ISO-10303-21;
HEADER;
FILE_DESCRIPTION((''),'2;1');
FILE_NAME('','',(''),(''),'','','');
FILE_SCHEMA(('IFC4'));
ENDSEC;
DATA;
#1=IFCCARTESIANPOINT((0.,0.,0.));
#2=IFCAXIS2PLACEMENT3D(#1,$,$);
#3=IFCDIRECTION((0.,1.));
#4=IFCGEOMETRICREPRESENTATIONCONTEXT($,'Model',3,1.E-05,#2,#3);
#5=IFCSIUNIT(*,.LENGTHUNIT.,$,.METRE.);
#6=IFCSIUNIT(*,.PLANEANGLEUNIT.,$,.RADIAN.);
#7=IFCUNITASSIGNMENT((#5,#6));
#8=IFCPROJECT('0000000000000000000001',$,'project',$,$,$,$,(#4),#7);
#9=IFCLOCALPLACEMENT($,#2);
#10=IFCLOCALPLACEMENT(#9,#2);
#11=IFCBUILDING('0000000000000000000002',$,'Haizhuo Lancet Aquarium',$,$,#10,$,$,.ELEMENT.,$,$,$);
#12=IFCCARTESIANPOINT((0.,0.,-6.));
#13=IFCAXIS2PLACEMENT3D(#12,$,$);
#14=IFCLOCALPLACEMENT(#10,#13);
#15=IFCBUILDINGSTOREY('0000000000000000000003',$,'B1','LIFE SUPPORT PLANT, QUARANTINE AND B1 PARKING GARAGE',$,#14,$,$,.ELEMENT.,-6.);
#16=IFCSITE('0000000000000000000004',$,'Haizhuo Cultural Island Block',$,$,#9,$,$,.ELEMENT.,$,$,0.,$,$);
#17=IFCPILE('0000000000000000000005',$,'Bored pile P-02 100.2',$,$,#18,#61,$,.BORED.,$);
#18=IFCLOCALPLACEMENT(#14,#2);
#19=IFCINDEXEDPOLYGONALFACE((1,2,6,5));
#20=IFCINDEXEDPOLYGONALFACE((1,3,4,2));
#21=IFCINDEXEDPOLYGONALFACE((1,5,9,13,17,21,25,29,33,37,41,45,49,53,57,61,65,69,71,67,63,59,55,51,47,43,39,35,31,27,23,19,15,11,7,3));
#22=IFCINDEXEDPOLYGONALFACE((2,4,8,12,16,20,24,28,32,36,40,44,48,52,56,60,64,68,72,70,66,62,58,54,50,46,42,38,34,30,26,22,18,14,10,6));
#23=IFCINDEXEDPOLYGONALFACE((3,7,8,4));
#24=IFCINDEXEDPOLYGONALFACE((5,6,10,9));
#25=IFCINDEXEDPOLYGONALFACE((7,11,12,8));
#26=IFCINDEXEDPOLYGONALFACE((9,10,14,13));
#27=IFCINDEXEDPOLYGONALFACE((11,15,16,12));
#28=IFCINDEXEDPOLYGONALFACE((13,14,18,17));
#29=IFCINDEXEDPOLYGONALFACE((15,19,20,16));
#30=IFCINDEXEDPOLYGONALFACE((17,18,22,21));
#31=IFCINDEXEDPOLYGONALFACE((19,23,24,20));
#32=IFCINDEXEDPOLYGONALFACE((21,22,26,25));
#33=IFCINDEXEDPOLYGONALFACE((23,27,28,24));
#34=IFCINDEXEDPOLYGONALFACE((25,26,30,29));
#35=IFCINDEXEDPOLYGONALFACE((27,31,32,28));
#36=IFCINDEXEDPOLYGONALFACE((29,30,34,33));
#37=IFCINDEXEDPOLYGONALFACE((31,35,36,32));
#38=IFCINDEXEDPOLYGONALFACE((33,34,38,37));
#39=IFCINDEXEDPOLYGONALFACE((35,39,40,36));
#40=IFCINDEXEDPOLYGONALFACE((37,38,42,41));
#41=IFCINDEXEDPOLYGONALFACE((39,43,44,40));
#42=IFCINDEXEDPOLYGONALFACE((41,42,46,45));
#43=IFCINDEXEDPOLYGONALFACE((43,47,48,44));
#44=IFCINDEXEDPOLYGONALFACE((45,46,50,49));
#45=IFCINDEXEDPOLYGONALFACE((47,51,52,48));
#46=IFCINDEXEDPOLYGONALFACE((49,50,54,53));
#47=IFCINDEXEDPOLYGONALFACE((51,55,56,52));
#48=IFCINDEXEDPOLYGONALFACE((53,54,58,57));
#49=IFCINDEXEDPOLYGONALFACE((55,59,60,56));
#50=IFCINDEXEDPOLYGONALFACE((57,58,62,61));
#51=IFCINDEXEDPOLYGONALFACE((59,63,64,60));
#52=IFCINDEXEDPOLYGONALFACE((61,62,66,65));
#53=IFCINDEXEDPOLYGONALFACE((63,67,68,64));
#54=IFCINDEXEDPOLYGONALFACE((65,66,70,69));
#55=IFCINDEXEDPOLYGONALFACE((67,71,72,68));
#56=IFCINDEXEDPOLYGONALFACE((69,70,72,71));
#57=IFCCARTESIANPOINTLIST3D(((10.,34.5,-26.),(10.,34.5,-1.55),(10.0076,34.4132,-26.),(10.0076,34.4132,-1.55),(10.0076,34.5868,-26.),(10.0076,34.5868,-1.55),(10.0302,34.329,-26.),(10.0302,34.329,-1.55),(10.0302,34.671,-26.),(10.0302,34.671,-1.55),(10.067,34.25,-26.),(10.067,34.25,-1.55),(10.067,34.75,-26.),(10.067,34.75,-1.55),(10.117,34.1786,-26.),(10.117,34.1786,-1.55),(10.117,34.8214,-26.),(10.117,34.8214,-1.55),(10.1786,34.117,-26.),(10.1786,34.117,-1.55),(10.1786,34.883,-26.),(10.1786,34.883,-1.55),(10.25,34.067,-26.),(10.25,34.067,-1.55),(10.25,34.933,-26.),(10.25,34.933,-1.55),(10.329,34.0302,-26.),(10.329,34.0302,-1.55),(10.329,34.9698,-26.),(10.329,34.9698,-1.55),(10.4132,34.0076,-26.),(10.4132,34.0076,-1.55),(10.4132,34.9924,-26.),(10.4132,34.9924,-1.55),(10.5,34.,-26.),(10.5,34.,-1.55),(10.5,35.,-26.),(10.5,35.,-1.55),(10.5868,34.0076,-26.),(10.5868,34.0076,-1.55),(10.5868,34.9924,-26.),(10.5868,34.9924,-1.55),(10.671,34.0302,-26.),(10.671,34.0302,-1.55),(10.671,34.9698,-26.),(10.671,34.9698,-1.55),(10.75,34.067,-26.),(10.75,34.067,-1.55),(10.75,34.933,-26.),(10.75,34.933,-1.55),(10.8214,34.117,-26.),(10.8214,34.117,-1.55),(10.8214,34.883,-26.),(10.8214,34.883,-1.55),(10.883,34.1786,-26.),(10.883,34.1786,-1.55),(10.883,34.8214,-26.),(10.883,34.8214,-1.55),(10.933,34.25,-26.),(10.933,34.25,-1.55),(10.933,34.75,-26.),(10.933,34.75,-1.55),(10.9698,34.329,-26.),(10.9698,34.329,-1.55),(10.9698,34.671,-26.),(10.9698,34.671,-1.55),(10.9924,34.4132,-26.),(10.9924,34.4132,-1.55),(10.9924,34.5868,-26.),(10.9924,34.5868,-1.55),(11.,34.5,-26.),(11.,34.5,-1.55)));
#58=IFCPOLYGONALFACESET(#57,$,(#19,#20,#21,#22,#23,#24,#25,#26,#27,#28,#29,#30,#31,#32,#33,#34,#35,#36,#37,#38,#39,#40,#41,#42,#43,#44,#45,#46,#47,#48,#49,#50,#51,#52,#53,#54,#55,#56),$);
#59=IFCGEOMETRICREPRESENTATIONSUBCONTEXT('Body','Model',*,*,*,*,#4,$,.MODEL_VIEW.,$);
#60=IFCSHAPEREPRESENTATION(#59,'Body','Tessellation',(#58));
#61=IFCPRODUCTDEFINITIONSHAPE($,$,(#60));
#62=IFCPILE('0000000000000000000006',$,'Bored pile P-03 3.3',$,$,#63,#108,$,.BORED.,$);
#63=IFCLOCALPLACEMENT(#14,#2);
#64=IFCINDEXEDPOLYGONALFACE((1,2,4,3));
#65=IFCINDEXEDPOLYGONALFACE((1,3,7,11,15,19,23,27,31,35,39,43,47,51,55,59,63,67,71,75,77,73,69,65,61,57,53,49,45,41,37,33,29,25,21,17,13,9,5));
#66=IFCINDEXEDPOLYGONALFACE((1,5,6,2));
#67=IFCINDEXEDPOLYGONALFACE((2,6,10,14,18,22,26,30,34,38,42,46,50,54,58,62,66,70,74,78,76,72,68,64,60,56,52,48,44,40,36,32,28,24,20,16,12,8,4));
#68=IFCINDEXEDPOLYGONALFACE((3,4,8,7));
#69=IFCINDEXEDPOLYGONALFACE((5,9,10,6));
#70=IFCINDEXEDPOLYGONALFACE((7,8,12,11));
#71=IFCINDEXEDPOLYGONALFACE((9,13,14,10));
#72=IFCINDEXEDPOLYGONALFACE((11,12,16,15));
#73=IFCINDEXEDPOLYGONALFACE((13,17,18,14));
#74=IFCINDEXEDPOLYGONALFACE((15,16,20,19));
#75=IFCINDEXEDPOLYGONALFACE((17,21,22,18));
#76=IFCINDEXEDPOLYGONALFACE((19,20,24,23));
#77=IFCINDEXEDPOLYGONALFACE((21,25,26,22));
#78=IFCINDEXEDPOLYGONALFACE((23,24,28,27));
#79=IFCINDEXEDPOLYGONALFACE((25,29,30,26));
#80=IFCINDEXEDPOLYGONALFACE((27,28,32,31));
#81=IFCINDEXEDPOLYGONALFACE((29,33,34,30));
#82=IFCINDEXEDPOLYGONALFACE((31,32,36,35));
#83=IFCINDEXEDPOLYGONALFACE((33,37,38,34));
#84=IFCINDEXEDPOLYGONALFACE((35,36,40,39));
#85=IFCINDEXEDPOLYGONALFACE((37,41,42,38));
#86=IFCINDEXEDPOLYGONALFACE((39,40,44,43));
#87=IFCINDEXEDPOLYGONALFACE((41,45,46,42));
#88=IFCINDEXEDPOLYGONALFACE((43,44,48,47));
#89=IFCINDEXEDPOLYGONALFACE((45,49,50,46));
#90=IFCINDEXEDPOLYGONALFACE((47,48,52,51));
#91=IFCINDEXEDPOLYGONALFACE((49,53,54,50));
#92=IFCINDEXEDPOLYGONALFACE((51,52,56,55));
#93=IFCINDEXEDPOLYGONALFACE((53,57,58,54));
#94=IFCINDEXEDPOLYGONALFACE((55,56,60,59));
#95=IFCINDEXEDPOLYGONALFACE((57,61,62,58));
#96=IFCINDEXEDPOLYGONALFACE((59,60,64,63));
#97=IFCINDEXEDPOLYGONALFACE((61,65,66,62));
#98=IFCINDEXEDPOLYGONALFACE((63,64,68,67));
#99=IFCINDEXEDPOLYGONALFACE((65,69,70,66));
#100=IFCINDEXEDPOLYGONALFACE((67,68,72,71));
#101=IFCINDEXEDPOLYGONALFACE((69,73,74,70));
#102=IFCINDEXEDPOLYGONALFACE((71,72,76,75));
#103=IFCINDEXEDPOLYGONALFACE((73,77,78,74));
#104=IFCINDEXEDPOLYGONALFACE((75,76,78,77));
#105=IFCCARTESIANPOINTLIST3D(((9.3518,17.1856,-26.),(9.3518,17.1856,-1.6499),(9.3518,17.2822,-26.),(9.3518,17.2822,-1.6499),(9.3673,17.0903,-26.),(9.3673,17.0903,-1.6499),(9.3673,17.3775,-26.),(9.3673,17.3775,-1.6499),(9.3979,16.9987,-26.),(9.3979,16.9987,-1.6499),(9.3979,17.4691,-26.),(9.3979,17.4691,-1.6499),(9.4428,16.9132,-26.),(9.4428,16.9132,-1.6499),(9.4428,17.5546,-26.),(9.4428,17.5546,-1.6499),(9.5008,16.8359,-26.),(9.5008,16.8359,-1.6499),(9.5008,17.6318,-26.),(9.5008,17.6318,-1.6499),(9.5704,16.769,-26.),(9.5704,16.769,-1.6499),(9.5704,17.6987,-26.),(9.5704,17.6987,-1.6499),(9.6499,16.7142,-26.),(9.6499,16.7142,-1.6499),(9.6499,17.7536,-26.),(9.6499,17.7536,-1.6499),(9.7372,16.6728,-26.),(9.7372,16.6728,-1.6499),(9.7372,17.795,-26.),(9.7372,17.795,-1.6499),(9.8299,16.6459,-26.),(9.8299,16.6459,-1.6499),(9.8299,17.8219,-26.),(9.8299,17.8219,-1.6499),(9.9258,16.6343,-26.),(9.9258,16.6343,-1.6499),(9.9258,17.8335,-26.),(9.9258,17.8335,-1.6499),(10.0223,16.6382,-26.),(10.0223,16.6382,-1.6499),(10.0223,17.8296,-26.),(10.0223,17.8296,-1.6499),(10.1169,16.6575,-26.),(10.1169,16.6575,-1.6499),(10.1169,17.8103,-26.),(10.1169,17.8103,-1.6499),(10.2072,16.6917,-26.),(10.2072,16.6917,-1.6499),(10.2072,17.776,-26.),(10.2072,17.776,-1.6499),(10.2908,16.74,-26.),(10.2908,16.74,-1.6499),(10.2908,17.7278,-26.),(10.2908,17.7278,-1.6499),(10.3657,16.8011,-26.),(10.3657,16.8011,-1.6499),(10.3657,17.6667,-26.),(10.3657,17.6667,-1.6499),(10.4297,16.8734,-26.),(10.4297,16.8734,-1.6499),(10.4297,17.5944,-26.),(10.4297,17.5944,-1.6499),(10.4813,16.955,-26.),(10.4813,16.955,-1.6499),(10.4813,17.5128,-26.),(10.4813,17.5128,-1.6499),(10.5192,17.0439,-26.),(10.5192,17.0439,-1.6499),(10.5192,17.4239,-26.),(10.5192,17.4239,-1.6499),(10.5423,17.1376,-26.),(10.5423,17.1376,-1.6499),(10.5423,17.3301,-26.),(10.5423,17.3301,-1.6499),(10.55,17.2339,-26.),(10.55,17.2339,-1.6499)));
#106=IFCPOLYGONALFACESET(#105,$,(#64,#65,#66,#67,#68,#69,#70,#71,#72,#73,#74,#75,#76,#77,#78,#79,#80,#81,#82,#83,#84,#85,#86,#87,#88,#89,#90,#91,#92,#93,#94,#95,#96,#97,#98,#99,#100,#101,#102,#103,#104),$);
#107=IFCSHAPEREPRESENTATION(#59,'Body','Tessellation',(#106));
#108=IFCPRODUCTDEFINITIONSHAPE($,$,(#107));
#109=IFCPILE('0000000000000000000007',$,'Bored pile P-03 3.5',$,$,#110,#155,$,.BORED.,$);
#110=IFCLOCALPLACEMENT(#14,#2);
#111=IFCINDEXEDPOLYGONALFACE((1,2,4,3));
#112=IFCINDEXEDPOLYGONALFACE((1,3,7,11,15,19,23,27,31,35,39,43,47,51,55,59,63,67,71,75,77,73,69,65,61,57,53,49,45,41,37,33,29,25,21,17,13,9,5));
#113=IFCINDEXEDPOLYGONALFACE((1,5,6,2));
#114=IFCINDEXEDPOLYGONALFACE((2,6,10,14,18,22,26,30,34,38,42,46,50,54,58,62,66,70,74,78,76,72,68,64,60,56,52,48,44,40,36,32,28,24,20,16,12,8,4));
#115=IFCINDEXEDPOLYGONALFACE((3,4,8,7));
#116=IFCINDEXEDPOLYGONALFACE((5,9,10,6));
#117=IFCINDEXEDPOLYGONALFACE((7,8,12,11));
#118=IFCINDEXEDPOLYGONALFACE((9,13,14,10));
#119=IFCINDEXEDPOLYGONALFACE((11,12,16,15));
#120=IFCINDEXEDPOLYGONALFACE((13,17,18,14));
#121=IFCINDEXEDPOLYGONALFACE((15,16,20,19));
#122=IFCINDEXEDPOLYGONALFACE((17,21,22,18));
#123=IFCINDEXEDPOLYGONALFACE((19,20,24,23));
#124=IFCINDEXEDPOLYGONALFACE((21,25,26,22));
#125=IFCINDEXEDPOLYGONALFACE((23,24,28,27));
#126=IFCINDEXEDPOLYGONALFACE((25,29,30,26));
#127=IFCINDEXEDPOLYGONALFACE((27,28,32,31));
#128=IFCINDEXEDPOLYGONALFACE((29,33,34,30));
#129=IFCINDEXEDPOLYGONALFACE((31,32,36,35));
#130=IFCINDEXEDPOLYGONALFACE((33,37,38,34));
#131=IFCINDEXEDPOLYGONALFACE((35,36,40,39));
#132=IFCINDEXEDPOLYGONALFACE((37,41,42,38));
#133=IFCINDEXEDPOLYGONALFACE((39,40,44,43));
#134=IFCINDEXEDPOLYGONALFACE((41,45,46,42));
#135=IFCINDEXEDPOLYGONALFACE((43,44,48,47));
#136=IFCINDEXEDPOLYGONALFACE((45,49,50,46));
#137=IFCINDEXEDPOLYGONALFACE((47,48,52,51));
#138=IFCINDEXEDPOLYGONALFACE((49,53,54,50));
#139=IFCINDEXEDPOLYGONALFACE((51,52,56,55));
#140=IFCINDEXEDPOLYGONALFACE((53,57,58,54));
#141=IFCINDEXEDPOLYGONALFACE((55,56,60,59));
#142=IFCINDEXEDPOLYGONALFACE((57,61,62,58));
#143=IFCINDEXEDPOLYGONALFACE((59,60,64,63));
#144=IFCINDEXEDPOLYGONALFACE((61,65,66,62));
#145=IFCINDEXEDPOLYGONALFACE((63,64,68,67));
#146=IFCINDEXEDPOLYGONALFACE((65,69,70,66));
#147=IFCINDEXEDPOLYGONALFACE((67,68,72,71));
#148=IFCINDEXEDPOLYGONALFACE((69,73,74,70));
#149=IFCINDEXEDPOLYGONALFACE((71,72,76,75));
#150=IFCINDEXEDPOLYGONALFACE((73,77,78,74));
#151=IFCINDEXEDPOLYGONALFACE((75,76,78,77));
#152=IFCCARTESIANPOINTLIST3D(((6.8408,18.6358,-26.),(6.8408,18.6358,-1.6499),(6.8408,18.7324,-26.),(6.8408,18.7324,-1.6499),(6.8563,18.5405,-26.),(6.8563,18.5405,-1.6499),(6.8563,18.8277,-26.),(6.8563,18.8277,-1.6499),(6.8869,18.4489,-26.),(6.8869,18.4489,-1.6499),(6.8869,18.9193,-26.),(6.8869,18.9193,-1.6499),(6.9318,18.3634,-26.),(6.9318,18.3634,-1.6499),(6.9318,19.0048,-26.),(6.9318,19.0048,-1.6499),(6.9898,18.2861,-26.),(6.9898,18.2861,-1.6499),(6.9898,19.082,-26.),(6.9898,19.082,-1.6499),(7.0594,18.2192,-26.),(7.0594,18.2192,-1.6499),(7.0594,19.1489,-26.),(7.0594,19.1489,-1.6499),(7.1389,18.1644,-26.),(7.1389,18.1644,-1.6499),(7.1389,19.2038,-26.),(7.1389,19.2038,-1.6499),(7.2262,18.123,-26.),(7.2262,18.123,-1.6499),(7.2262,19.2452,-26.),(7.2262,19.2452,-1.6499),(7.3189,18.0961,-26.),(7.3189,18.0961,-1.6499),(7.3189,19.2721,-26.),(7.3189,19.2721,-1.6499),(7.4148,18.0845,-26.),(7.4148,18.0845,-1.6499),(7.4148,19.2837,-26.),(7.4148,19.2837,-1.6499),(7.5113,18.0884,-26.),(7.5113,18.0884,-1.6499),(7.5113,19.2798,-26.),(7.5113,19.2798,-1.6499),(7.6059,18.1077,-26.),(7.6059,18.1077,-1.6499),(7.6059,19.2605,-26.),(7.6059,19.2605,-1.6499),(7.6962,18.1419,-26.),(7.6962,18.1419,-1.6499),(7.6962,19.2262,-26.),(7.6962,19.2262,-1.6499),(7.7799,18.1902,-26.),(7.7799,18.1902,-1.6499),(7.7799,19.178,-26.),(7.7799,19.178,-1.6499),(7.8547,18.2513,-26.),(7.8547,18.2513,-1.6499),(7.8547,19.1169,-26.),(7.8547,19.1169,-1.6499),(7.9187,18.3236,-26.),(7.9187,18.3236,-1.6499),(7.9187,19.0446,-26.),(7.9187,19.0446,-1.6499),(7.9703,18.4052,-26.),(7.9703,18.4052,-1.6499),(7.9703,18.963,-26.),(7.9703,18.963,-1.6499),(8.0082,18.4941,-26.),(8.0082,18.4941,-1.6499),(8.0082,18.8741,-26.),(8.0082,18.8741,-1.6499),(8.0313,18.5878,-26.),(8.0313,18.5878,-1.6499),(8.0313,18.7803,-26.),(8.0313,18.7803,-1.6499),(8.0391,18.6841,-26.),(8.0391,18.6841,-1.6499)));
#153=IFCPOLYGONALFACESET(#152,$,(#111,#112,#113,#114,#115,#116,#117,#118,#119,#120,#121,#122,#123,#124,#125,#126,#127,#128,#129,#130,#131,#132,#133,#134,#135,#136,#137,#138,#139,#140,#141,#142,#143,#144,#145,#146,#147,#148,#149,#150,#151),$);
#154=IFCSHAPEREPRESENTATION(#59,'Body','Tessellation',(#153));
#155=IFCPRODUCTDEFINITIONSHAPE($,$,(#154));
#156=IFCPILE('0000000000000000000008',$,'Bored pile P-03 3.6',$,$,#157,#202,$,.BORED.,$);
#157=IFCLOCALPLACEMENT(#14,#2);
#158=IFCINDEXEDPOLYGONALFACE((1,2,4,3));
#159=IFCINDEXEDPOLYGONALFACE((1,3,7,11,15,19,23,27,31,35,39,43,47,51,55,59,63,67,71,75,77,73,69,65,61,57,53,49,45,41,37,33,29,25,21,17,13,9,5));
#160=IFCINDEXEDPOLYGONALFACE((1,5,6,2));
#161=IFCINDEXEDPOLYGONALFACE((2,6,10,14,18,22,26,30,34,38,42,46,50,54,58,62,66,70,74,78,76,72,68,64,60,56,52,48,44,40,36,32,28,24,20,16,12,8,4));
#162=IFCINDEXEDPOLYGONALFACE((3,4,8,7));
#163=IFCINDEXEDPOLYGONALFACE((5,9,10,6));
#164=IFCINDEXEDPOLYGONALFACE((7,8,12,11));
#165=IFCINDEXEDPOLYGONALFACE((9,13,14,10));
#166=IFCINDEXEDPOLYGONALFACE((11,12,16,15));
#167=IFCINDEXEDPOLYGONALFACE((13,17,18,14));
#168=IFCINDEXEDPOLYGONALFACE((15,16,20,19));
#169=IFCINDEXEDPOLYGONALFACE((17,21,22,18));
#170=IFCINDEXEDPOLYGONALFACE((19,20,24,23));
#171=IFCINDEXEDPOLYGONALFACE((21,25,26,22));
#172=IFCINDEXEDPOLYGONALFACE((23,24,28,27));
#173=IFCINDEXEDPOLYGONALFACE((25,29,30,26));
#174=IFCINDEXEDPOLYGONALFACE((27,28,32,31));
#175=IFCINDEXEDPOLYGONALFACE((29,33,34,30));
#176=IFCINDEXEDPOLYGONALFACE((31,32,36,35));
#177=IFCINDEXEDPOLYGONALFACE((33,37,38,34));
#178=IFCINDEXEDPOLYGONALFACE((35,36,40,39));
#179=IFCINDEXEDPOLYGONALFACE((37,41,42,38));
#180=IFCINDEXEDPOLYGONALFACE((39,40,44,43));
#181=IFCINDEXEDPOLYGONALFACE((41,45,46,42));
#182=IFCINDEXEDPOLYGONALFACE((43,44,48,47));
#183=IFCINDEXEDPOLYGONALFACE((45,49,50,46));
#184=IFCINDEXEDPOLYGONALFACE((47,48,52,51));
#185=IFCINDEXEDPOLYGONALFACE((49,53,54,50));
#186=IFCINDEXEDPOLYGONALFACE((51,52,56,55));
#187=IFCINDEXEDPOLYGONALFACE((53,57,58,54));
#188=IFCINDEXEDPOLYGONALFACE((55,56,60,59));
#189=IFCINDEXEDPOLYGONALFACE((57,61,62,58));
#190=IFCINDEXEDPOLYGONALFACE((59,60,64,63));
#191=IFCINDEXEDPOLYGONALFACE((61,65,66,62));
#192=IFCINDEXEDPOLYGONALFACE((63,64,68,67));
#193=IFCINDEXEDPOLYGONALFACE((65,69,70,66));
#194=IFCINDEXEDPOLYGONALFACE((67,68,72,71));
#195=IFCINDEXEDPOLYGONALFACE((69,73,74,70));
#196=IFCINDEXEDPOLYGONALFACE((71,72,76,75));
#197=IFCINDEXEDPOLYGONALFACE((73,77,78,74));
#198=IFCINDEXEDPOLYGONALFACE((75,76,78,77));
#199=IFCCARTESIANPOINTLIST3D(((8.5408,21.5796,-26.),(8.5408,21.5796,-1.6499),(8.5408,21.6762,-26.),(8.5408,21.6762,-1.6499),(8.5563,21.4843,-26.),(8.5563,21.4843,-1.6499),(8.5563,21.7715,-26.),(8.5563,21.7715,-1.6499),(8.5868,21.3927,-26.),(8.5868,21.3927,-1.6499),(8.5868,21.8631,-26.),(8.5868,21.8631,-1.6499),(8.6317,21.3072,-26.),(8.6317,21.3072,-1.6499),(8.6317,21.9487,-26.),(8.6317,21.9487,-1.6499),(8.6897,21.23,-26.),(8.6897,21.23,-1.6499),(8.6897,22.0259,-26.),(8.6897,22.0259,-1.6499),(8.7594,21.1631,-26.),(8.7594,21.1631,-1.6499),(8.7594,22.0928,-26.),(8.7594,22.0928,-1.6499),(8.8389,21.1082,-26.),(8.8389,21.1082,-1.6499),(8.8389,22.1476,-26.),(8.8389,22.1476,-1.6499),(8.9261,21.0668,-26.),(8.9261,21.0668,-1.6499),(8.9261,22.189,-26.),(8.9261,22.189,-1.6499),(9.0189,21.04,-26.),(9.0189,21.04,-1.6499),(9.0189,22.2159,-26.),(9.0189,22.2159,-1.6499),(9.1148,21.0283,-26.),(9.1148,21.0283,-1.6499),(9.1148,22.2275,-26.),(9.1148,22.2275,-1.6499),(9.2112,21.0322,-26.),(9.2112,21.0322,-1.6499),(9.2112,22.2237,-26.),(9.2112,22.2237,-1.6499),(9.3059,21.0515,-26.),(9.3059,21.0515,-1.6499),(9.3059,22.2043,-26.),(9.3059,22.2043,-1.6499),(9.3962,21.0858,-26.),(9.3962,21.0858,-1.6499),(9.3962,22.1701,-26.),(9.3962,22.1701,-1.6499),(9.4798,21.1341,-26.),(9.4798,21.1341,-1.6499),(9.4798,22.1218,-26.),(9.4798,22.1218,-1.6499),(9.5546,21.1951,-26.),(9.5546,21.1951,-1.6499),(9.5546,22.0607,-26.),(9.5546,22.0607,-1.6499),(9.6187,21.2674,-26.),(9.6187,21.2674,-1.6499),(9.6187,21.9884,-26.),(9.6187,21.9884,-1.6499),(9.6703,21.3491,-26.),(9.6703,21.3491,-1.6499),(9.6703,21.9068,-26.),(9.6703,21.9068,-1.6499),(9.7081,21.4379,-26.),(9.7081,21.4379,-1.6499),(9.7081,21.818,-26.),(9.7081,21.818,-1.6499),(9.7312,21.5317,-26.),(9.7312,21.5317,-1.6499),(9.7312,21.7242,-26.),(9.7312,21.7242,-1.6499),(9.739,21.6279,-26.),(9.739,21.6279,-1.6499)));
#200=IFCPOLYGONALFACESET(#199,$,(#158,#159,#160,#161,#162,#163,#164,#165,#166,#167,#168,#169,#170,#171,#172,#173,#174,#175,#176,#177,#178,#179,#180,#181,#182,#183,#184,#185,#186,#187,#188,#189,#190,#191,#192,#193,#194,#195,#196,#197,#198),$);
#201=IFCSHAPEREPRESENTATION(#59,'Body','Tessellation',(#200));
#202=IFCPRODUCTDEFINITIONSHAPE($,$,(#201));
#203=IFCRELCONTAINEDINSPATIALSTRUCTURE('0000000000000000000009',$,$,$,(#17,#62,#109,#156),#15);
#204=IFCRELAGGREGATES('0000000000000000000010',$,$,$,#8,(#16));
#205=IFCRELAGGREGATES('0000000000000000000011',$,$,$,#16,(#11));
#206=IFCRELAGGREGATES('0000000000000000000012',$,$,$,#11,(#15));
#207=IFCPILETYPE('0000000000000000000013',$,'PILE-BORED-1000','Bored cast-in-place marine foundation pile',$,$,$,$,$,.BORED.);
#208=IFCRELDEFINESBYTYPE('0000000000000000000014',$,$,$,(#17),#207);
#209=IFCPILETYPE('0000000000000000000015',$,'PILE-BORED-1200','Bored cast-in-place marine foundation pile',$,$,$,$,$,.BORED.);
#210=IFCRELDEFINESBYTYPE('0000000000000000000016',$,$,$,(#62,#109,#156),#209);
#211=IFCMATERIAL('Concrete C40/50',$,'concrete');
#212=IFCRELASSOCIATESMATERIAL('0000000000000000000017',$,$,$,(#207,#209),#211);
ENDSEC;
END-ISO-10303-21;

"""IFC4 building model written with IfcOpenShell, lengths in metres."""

from ifc_helpers import new_model, si_unit, direction, frame, origin, origin_2d, place, context, subcontext, project, spatial, circle, extrude, material, material_profile, profile_set, type_object, element, save


model = new_model("IFC4")

# Units and contexts
model_context = context("Model", 3, precision=1e-05, world=origin(), true_north=direction((0.0, 1.0)))
body_context = subcontext(model_context, "Body", "Model", "MODEL_VIEW")
ifc_project = project(units=[si_unit("LENGTHUNIT", "METRE"), si_unit("PLANEANGLEUNIT", "RADIAN")], contexts=[model_context])

# Site, building, storey
site_placement = place(None, origin())
site = spatial("IfcSite", under=ifc_project, at=site_placement, Name="Haizhuo Cultural Island Block", CompositionType="ELEMENT", RefElevation=0.0)
building_placement = place(site_placement, origin())
building = spatial("IfcBuilding", under=site, at=building_placement, Name="Haizhuo Lancet Aquarium", CompositionType="ELEMENT")
storey_placement = place(building_placement, frame((0.0, 0.0, -6.0)))
storey = spatial("IfcBuildingStorey", under=building, at=storey_placement, Name="B1", Description="LIFE SUPPORT PLANT, QUARANTINE AND B1 PARKING GARAGE", CompositionType="ELEMENT", Elevation=-6.0)

# Shared definitions
ifc_material_1 = material(Name="Concrete C40/50", Category="concrete")

# Piles
ifc_material_profile_1 = material_profile(ifc_material_1, circle(Radius=0.5, at=origin_2d()), Name="PILE-1000")
ifc_profile_set_1 = profile_set([ifc_material_profile_1], Name="Concrete C40/50")
pile_type_1 = type_object("IfcPileType", Name="PILE-BORED-1000", Description="Bored cast-in-place marine foundation pile", PredefinedType="BORED", material=ifc_profile_set_1)
for number, where, z_axis, x_axis, name in (
    (1, (10.5, 34.5, -1.55), (0.0, 0.0, -1.0), (1.0, 0.0, 0.0), "Bored pile P-02 100.2"),
):
    element("IfcPile", number, at=place(storey_placement, frame(where, z_axis=z_axis, x_axis=x_axis)), inside=storey, type_object=pile_type_1, Name=name, PredefinedType="BORED", context=body_context, shape_type="SweptSolid", body=[
        extrude(circle(Radius=0.5, at=origin_2d()), origin(), (0.0, 0.0, 1.0), 24.45),
    ])
ifc_material_profile_2 = material_profile(ifc_material_1, circle(Radius=0.6001, at=origin_2d()), Name="PILE-1200")
ifc_profile_set_2 = profile_set([ifc_material_profile_2], Name="Concrete C40/50")
pile_type_2 = type_object("IfcPileType", Name="PILE-BORED-1200", Description="Bored cast-in-place marine foundation pile", PredefinedType="BORED", material=ifc_profile_set_2)
for number, where, z_axis, x_axis, name in (
    (2, (9.95, 17.2339, -1.6499), (0.0, 0.0, -1.0), (1.0, 0.0, 0.0), "Bored pile P-03 3.3"),
    (3, (7.439, 18.6841, -1.6499), (0.0, 0.0, -1.0), (1.0, 0.0, 0.0), "Bored pile P-03 3.5"),
    (4, (9.1389, 21.6279, -1.6499), (0.0, 0.0, -1.0), (1.0, 0.0, 0.0), "Bored pile P-03 3.6"),
):
    element("IfcPile", number, at=place(storey_placement, frame(where, z_axis=z_axis, x_axis=x_axis)), inside=storey, type_object=pile_type_2, Name=name, PredefinedType="BORED", context=body_context, shape_type="SweptSolid", body=[
        extrude(circle(Radius=0.6001, at=origin_2d()), origin(), (0.0, 0.0, 1.0), 24.3501),
    ])

save(model, "model.ifc")
